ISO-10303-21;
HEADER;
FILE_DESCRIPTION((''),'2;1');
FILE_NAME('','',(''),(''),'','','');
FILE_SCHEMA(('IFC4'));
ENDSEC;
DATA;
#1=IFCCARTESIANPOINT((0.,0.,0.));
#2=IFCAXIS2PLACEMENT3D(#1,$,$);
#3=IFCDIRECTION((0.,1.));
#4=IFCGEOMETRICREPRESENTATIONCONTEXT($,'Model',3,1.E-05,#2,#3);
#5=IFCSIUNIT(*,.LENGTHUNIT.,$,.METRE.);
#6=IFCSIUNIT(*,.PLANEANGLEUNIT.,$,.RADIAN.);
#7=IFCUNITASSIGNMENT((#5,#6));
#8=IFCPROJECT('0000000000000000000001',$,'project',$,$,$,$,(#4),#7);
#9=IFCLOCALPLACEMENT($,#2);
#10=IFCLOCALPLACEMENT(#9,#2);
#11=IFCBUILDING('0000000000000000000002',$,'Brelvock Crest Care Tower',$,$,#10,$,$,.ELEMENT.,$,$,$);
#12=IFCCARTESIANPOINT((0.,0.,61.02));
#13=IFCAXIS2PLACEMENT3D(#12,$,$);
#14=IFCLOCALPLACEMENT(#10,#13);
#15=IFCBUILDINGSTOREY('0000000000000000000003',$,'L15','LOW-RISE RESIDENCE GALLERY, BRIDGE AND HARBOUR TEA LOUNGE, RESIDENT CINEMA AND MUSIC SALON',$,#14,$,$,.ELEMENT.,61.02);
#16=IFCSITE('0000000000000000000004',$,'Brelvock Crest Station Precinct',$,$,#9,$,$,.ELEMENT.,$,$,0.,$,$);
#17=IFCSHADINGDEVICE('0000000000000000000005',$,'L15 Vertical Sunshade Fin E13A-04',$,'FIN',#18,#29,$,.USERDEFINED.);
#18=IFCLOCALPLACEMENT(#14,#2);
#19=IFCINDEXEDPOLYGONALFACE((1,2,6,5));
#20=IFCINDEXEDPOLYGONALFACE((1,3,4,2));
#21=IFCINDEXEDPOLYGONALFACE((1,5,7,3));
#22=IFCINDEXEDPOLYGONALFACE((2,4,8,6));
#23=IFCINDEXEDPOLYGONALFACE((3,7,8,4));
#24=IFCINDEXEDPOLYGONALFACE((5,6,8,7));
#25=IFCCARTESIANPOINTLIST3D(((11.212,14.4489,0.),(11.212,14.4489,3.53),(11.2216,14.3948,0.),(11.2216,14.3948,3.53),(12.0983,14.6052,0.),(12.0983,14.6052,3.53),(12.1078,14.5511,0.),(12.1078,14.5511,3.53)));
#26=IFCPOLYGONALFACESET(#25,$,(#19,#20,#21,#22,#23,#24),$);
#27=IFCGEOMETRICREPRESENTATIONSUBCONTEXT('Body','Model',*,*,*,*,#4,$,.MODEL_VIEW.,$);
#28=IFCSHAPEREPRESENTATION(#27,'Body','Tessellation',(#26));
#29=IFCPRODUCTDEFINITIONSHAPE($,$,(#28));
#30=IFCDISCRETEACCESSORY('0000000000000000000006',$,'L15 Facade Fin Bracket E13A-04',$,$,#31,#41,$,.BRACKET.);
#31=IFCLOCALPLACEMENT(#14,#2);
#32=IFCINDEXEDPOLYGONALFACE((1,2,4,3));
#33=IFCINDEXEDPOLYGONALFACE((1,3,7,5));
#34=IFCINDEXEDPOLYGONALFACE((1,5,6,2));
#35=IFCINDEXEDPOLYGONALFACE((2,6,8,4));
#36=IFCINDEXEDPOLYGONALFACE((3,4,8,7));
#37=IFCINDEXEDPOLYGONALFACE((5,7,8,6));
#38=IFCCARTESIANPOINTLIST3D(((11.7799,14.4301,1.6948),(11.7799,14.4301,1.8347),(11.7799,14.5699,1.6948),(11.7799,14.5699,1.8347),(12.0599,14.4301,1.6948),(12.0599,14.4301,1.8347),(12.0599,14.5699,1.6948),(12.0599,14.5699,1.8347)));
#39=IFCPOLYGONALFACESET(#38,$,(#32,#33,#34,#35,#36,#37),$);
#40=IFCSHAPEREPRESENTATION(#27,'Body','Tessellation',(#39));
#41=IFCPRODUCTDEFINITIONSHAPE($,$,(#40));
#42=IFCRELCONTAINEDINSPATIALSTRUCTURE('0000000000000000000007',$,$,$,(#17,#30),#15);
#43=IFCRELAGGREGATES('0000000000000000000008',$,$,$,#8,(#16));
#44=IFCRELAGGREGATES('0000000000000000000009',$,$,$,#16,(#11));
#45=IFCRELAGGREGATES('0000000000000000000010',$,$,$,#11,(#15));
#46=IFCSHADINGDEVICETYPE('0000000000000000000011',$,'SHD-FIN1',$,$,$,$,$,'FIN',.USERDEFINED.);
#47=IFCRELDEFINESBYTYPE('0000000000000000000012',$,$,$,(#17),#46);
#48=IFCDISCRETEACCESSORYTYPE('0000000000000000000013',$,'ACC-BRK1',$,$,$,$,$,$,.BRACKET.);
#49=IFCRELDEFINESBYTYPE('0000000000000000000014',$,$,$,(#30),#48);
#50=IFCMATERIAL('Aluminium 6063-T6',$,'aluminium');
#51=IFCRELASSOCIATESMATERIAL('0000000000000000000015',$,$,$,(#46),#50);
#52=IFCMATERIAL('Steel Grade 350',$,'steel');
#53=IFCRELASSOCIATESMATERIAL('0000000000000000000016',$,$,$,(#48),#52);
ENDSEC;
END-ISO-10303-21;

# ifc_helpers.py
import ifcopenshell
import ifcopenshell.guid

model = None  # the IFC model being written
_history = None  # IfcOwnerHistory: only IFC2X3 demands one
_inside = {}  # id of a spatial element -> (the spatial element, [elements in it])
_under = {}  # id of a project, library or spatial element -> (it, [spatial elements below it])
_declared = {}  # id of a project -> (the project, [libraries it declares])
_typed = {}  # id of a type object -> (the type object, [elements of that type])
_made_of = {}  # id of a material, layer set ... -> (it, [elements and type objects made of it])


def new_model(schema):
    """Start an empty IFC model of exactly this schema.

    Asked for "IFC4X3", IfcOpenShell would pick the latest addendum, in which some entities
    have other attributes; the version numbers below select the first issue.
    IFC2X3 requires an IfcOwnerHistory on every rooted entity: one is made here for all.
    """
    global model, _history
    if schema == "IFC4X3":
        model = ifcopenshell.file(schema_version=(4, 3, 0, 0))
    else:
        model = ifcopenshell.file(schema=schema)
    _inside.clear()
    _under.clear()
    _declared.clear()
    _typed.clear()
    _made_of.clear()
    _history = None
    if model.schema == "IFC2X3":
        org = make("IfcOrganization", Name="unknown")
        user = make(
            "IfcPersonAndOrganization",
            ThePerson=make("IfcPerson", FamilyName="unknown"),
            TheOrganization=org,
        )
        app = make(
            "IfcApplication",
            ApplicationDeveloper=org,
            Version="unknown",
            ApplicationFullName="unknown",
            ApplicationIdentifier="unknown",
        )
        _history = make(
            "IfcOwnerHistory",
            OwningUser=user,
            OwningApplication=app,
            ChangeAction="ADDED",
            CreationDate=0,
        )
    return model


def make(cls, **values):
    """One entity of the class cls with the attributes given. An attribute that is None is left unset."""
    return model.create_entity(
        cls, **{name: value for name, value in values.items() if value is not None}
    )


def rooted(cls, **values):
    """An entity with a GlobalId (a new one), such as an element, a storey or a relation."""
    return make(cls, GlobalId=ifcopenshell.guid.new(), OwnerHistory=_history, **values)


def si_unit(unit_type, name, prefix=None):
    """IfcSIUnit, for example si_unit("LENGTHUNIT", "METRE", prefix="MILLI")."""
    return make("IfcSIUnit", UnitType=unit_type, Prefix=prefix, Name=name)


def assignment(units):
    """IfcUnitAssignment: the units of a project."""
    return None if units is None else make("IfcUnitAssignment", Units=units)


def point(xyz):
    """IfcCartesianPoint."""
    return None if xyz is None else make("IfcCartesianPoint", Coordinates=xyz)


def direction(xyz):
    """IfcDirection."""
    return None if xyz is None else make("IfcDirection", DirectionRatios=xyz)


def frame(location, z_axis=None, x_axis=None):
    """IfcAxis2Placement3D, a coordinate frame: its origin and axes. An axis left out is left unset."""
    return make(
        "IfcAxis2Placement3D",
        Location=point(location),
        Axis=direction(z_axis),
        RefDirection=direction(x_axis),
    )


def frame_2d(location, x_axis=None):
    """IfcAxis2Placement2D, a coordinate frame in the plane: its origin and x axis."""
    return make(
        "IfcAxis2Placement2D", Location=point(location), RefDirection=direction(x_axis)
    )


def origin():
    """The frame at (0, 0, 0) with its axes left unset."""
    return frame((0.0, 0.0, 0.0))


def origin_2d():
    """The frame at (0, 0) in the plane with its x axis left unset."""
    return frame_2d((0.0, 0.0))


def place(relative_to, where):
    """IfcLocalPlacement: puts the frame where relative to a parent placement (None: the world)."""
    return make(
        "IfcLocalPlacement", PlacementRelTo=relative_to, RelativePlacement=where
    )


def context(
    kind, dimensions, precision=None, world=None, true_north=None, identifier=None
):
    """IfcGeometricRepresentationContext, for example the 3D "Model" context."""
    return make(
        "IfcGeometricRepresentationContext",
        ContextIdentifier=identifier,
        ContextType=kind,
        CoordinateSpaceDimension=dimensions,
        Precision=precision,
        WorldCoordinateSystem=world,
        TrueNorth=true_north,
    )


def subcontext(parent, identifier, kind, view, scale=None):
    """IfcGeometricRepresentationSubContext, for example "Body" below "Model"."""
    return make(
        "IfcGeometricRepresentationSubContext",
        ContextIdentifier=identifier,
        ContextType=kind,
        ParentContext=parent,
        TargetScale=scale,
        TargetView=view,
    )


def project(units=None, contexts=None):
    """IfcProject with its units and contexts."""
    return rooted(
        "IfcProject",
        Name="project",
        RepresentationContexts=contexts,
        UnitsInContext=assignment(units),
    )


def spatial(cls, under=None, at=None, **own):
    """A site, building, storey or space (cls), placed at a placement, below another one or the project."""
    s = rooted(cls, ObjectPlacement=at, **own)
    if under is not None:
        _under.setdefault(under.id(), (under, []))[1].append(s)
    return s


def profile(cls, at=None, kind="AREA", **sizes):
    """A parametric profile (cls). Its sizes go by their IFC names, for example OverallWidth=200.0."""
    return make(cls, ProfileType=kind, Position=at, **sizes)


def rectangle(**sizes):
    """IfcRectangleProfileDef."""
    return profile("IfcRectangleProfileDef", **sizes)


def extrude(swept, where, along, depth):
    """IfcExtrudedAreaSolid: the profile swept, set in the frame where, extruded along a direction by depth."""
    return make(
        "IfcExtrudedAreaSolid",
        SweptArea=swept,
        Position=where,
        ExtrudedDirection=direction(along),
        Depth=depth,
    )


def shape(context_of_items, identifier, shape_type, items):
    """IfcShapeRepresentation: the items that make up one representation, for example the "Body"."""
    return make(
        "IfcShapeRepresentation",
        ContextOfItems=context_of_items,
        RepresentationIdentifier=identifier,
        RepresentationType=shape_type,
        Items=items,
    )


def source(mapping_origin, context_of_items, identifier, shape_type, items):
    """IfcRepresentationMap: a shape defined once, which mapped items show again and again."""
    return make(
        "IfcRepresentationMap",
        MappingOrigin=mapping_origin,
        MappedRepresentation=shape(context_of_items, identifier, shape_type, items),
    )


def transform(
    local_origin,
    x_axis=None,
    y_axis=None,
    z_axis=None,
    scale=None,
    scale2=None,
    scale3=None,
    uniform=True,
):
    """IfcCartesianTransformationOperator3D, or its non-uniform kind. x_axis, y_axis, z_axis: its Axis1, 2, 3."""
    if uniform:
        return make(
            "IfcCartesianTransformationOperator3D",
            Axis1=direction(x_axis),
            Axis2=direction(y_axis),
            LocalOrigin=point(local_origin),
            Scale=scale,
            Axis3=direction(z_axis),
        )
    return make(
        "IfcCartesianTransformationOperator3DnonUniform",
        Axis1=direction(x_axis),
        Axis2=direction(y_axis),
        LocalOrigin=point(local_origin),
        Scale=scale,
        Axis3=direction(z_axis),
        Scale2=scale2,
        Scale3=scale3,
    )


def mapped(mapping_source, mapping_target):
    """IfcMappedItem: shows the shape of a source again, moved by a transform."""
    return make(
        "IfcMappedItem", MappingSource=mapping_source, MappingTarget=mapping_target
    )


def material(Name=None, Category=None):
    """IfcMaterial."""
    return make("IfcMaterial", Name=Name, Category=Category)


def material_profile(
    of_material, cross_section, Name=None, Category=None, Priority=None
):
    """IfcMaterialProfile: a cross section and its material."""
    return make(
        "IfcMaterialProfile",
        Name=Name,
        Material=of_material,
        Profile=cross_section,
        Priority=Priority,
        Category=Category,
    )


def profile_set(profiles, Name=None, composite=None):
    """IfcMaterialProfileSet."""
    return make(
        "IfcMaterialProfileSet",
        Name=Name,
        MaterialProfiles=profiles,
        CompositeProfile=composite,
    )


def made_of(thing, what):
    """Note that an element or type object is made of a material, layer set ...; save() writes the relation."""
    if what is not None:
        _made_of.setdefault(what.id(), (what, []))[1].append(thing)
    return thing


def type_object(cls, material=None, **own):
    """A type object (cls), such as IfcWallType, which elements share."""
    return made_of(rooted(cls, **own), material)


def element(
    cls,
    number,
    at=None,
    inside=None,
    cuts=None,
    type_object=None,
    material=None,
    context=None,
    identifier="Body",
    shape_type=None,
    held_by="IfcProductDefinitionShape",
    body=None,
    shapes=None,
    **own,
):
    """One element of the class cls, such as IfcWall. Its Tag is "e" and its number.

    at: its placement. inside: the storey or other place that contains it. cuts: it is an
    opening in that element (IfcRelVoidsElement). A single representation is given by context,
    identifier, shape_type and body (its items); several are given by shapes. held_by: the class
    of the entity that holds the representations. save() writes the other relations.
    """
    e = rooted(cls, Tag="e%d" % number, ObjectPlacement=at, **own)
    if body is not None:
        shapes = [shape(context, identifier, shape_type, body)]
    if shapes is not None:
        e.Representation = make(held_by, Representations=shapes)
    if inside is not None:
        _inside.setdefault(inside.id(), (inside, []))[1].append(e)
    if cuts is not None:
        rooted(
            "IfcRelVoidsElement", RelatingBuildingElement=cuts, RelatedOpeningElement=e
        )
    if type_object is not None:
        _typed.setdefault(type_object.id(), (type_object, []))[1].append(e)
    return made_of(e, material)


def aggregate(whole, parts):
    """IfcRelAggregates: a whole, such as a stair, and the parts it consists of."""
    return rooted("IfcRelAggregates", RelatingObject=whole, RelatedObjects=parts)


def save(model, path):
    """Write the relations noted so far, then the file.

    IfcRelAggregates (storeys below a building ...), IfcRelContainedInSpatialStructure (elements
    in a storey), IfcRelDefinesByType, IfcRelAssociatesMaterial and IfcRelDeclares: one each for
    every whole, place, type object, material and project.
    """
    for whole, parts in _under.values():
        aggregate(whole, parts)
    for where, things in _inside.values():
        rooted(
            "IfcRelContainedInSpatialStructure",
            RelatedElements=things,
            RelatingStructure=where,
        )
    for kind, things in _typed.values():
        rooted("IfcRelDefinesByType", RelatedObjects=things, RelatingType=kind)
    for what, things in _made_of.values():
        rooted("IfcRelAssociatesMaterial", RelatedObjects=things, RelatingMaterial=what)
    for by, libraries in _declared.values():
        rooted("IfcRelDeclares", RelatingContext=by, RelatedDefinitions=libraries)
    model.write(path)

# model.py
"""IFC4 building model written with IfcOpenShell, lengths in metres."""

from ifc_helpers import new_model, si_unit, direction, frame, origin, origin_2d, place, context, subcontext, project, spatial, rectangle, extrude, source, transform, mapped, material, material_profile, profile_set, type_object, element, save


model = new_model("IFC4")

# Units and contexts
model_context = context("Model", 3, precision=1e-05, world=origin(), true_north=direction((0.0, 1.0)))
body_context = subcontext(model_context, "Body", "Model", "MODEL_VIEW")
ifc_project = project(units=[si_unit("LENGTHUNIT", "METRE"), si_unit("PLANEANGLEUNIT", "RADIAN")], contexts=[model_context])

# Site, building, storey
site_placement = place(None, origin())
site = spatial("IfcSite", under=ifc_project, at=site_placement, Name="Brelvock Crest Station Precinct", CompositionType="ELEMENT", RefElevation=0.0)
building_placement = place(site_placement, origin())
building = spatial("IfcBuilding", under=site, at=building_placement, Name="Brelvock Crest Care Tower", CompositionType="ELEMENT")
storey_placement = place(building_placement, frame((0.0, 0.0, 61.02)))
storey = spatial("IfcBuildingStorey", under=building, at=storey_placement, Name="L15", Description="LOW-RISE RESIDENCE GALLERY, BRIDGE AND HARBOUR TEA LOUNGE, RESIDENT CINEMA AND MUSIC SALON", CompositionType="ELEMENT", Elevation=61.02)

# Shared definitions
ifc_material_1 = material(Name="Steel Grade 350", Category="steel")

# Shared definitions
ifc_material_2 = material(Name="Aluminium 6063-T6", Category="aluminium")

# Shading device
ifc_material_profile_1 = material_profile(ifc_material_2, rectangle(XDim=0.0549, YDim=0.8999, at=origin_2d()), Name="FIN55x900")
ifc_profile_set_1 = profile_set([ifc_material_profile_1], Name="Aluminium 6063-T6")
shading_device_type = type_object("IfcShadingDeviceType", Name="SHD-FIN1", ElementType="FIN", PredefinedType="USERDEFINED", material=ifc_profile_set_1)
shared_shape_1 = source(origin(), body_context, "Body", "SweptSolid", [
    extrude(rectangle(XDim=0.0549, YDim=0.8999, at=origin_2d()), origin(), (0.0, 0.0, 1.0), 3.53),
])
shading_device_placement = place(storey_placement, frame((11.6599, 14.5, 0.0), z_axis=(0.0, 0.0, 1.0), x_axis=(-0.173648, 0.984808, 0.0)))
element("IfcShadingDevice", 1, at=shading_device_placement, inside=storey, type_object=shading_device_type, Name="L15 Vertical Sunshade Fin E13A-04", ObjectType="FIN", PredefinedType="USERDEFINED", context=body_context, shape_type="MappedRepresentation", body=[
    mapped(shared_shape_1, transform((0.0, 0.0, 0.0), x_axis=(1.0, 0.0, 0.0), y_axis=(0.0, 1.0, 0.0), z_axis=(0.0, 0.0, 1.0), scale=1.0)),
])

# Discrete accessory
discrete_accessory_type = type_object("IfcDiscreteAccessoryType", Name="ACC-BRK1", PredefinedType="BRACKET", material=ifc_material_1)
shared_shape_2 = source(origin(), body_context, "Body", "SweptSolid", [
    extrude(rectangle(XDim=0.28, YDim=0.1399, at=origin_2d()), origin(), (0.0, 0.0, 1.0), 0.1399),
])
discrete_accessory_placement = place(storey_placement, frame((11.9199, 14.5, 1.6948), z_axis=(0.0, 0.0, 1.0), x_axis=(-1.0, 0.0, 0.0)))
element("IfcDiscreteAccessory", 2, at=discrete_accessory_placement, inside=storey, type_object=discrete_accessory_type, Name="L15 Facade Fin Bracket E13A-04", PredefinedType="BRACKET", context=body_context, shape_type="MappedRepresentation", body=[
    mapped(shared_shape_2, transform((0.0, 0.0, 0.0), x_axis=(1.0, 0.0, 0.0), y_axis=(0.0, 1.0, 0.0), z_axis=(0.0, 0.0, 1.0), scale=1.0)),
])

save(model, "model.ifc")
